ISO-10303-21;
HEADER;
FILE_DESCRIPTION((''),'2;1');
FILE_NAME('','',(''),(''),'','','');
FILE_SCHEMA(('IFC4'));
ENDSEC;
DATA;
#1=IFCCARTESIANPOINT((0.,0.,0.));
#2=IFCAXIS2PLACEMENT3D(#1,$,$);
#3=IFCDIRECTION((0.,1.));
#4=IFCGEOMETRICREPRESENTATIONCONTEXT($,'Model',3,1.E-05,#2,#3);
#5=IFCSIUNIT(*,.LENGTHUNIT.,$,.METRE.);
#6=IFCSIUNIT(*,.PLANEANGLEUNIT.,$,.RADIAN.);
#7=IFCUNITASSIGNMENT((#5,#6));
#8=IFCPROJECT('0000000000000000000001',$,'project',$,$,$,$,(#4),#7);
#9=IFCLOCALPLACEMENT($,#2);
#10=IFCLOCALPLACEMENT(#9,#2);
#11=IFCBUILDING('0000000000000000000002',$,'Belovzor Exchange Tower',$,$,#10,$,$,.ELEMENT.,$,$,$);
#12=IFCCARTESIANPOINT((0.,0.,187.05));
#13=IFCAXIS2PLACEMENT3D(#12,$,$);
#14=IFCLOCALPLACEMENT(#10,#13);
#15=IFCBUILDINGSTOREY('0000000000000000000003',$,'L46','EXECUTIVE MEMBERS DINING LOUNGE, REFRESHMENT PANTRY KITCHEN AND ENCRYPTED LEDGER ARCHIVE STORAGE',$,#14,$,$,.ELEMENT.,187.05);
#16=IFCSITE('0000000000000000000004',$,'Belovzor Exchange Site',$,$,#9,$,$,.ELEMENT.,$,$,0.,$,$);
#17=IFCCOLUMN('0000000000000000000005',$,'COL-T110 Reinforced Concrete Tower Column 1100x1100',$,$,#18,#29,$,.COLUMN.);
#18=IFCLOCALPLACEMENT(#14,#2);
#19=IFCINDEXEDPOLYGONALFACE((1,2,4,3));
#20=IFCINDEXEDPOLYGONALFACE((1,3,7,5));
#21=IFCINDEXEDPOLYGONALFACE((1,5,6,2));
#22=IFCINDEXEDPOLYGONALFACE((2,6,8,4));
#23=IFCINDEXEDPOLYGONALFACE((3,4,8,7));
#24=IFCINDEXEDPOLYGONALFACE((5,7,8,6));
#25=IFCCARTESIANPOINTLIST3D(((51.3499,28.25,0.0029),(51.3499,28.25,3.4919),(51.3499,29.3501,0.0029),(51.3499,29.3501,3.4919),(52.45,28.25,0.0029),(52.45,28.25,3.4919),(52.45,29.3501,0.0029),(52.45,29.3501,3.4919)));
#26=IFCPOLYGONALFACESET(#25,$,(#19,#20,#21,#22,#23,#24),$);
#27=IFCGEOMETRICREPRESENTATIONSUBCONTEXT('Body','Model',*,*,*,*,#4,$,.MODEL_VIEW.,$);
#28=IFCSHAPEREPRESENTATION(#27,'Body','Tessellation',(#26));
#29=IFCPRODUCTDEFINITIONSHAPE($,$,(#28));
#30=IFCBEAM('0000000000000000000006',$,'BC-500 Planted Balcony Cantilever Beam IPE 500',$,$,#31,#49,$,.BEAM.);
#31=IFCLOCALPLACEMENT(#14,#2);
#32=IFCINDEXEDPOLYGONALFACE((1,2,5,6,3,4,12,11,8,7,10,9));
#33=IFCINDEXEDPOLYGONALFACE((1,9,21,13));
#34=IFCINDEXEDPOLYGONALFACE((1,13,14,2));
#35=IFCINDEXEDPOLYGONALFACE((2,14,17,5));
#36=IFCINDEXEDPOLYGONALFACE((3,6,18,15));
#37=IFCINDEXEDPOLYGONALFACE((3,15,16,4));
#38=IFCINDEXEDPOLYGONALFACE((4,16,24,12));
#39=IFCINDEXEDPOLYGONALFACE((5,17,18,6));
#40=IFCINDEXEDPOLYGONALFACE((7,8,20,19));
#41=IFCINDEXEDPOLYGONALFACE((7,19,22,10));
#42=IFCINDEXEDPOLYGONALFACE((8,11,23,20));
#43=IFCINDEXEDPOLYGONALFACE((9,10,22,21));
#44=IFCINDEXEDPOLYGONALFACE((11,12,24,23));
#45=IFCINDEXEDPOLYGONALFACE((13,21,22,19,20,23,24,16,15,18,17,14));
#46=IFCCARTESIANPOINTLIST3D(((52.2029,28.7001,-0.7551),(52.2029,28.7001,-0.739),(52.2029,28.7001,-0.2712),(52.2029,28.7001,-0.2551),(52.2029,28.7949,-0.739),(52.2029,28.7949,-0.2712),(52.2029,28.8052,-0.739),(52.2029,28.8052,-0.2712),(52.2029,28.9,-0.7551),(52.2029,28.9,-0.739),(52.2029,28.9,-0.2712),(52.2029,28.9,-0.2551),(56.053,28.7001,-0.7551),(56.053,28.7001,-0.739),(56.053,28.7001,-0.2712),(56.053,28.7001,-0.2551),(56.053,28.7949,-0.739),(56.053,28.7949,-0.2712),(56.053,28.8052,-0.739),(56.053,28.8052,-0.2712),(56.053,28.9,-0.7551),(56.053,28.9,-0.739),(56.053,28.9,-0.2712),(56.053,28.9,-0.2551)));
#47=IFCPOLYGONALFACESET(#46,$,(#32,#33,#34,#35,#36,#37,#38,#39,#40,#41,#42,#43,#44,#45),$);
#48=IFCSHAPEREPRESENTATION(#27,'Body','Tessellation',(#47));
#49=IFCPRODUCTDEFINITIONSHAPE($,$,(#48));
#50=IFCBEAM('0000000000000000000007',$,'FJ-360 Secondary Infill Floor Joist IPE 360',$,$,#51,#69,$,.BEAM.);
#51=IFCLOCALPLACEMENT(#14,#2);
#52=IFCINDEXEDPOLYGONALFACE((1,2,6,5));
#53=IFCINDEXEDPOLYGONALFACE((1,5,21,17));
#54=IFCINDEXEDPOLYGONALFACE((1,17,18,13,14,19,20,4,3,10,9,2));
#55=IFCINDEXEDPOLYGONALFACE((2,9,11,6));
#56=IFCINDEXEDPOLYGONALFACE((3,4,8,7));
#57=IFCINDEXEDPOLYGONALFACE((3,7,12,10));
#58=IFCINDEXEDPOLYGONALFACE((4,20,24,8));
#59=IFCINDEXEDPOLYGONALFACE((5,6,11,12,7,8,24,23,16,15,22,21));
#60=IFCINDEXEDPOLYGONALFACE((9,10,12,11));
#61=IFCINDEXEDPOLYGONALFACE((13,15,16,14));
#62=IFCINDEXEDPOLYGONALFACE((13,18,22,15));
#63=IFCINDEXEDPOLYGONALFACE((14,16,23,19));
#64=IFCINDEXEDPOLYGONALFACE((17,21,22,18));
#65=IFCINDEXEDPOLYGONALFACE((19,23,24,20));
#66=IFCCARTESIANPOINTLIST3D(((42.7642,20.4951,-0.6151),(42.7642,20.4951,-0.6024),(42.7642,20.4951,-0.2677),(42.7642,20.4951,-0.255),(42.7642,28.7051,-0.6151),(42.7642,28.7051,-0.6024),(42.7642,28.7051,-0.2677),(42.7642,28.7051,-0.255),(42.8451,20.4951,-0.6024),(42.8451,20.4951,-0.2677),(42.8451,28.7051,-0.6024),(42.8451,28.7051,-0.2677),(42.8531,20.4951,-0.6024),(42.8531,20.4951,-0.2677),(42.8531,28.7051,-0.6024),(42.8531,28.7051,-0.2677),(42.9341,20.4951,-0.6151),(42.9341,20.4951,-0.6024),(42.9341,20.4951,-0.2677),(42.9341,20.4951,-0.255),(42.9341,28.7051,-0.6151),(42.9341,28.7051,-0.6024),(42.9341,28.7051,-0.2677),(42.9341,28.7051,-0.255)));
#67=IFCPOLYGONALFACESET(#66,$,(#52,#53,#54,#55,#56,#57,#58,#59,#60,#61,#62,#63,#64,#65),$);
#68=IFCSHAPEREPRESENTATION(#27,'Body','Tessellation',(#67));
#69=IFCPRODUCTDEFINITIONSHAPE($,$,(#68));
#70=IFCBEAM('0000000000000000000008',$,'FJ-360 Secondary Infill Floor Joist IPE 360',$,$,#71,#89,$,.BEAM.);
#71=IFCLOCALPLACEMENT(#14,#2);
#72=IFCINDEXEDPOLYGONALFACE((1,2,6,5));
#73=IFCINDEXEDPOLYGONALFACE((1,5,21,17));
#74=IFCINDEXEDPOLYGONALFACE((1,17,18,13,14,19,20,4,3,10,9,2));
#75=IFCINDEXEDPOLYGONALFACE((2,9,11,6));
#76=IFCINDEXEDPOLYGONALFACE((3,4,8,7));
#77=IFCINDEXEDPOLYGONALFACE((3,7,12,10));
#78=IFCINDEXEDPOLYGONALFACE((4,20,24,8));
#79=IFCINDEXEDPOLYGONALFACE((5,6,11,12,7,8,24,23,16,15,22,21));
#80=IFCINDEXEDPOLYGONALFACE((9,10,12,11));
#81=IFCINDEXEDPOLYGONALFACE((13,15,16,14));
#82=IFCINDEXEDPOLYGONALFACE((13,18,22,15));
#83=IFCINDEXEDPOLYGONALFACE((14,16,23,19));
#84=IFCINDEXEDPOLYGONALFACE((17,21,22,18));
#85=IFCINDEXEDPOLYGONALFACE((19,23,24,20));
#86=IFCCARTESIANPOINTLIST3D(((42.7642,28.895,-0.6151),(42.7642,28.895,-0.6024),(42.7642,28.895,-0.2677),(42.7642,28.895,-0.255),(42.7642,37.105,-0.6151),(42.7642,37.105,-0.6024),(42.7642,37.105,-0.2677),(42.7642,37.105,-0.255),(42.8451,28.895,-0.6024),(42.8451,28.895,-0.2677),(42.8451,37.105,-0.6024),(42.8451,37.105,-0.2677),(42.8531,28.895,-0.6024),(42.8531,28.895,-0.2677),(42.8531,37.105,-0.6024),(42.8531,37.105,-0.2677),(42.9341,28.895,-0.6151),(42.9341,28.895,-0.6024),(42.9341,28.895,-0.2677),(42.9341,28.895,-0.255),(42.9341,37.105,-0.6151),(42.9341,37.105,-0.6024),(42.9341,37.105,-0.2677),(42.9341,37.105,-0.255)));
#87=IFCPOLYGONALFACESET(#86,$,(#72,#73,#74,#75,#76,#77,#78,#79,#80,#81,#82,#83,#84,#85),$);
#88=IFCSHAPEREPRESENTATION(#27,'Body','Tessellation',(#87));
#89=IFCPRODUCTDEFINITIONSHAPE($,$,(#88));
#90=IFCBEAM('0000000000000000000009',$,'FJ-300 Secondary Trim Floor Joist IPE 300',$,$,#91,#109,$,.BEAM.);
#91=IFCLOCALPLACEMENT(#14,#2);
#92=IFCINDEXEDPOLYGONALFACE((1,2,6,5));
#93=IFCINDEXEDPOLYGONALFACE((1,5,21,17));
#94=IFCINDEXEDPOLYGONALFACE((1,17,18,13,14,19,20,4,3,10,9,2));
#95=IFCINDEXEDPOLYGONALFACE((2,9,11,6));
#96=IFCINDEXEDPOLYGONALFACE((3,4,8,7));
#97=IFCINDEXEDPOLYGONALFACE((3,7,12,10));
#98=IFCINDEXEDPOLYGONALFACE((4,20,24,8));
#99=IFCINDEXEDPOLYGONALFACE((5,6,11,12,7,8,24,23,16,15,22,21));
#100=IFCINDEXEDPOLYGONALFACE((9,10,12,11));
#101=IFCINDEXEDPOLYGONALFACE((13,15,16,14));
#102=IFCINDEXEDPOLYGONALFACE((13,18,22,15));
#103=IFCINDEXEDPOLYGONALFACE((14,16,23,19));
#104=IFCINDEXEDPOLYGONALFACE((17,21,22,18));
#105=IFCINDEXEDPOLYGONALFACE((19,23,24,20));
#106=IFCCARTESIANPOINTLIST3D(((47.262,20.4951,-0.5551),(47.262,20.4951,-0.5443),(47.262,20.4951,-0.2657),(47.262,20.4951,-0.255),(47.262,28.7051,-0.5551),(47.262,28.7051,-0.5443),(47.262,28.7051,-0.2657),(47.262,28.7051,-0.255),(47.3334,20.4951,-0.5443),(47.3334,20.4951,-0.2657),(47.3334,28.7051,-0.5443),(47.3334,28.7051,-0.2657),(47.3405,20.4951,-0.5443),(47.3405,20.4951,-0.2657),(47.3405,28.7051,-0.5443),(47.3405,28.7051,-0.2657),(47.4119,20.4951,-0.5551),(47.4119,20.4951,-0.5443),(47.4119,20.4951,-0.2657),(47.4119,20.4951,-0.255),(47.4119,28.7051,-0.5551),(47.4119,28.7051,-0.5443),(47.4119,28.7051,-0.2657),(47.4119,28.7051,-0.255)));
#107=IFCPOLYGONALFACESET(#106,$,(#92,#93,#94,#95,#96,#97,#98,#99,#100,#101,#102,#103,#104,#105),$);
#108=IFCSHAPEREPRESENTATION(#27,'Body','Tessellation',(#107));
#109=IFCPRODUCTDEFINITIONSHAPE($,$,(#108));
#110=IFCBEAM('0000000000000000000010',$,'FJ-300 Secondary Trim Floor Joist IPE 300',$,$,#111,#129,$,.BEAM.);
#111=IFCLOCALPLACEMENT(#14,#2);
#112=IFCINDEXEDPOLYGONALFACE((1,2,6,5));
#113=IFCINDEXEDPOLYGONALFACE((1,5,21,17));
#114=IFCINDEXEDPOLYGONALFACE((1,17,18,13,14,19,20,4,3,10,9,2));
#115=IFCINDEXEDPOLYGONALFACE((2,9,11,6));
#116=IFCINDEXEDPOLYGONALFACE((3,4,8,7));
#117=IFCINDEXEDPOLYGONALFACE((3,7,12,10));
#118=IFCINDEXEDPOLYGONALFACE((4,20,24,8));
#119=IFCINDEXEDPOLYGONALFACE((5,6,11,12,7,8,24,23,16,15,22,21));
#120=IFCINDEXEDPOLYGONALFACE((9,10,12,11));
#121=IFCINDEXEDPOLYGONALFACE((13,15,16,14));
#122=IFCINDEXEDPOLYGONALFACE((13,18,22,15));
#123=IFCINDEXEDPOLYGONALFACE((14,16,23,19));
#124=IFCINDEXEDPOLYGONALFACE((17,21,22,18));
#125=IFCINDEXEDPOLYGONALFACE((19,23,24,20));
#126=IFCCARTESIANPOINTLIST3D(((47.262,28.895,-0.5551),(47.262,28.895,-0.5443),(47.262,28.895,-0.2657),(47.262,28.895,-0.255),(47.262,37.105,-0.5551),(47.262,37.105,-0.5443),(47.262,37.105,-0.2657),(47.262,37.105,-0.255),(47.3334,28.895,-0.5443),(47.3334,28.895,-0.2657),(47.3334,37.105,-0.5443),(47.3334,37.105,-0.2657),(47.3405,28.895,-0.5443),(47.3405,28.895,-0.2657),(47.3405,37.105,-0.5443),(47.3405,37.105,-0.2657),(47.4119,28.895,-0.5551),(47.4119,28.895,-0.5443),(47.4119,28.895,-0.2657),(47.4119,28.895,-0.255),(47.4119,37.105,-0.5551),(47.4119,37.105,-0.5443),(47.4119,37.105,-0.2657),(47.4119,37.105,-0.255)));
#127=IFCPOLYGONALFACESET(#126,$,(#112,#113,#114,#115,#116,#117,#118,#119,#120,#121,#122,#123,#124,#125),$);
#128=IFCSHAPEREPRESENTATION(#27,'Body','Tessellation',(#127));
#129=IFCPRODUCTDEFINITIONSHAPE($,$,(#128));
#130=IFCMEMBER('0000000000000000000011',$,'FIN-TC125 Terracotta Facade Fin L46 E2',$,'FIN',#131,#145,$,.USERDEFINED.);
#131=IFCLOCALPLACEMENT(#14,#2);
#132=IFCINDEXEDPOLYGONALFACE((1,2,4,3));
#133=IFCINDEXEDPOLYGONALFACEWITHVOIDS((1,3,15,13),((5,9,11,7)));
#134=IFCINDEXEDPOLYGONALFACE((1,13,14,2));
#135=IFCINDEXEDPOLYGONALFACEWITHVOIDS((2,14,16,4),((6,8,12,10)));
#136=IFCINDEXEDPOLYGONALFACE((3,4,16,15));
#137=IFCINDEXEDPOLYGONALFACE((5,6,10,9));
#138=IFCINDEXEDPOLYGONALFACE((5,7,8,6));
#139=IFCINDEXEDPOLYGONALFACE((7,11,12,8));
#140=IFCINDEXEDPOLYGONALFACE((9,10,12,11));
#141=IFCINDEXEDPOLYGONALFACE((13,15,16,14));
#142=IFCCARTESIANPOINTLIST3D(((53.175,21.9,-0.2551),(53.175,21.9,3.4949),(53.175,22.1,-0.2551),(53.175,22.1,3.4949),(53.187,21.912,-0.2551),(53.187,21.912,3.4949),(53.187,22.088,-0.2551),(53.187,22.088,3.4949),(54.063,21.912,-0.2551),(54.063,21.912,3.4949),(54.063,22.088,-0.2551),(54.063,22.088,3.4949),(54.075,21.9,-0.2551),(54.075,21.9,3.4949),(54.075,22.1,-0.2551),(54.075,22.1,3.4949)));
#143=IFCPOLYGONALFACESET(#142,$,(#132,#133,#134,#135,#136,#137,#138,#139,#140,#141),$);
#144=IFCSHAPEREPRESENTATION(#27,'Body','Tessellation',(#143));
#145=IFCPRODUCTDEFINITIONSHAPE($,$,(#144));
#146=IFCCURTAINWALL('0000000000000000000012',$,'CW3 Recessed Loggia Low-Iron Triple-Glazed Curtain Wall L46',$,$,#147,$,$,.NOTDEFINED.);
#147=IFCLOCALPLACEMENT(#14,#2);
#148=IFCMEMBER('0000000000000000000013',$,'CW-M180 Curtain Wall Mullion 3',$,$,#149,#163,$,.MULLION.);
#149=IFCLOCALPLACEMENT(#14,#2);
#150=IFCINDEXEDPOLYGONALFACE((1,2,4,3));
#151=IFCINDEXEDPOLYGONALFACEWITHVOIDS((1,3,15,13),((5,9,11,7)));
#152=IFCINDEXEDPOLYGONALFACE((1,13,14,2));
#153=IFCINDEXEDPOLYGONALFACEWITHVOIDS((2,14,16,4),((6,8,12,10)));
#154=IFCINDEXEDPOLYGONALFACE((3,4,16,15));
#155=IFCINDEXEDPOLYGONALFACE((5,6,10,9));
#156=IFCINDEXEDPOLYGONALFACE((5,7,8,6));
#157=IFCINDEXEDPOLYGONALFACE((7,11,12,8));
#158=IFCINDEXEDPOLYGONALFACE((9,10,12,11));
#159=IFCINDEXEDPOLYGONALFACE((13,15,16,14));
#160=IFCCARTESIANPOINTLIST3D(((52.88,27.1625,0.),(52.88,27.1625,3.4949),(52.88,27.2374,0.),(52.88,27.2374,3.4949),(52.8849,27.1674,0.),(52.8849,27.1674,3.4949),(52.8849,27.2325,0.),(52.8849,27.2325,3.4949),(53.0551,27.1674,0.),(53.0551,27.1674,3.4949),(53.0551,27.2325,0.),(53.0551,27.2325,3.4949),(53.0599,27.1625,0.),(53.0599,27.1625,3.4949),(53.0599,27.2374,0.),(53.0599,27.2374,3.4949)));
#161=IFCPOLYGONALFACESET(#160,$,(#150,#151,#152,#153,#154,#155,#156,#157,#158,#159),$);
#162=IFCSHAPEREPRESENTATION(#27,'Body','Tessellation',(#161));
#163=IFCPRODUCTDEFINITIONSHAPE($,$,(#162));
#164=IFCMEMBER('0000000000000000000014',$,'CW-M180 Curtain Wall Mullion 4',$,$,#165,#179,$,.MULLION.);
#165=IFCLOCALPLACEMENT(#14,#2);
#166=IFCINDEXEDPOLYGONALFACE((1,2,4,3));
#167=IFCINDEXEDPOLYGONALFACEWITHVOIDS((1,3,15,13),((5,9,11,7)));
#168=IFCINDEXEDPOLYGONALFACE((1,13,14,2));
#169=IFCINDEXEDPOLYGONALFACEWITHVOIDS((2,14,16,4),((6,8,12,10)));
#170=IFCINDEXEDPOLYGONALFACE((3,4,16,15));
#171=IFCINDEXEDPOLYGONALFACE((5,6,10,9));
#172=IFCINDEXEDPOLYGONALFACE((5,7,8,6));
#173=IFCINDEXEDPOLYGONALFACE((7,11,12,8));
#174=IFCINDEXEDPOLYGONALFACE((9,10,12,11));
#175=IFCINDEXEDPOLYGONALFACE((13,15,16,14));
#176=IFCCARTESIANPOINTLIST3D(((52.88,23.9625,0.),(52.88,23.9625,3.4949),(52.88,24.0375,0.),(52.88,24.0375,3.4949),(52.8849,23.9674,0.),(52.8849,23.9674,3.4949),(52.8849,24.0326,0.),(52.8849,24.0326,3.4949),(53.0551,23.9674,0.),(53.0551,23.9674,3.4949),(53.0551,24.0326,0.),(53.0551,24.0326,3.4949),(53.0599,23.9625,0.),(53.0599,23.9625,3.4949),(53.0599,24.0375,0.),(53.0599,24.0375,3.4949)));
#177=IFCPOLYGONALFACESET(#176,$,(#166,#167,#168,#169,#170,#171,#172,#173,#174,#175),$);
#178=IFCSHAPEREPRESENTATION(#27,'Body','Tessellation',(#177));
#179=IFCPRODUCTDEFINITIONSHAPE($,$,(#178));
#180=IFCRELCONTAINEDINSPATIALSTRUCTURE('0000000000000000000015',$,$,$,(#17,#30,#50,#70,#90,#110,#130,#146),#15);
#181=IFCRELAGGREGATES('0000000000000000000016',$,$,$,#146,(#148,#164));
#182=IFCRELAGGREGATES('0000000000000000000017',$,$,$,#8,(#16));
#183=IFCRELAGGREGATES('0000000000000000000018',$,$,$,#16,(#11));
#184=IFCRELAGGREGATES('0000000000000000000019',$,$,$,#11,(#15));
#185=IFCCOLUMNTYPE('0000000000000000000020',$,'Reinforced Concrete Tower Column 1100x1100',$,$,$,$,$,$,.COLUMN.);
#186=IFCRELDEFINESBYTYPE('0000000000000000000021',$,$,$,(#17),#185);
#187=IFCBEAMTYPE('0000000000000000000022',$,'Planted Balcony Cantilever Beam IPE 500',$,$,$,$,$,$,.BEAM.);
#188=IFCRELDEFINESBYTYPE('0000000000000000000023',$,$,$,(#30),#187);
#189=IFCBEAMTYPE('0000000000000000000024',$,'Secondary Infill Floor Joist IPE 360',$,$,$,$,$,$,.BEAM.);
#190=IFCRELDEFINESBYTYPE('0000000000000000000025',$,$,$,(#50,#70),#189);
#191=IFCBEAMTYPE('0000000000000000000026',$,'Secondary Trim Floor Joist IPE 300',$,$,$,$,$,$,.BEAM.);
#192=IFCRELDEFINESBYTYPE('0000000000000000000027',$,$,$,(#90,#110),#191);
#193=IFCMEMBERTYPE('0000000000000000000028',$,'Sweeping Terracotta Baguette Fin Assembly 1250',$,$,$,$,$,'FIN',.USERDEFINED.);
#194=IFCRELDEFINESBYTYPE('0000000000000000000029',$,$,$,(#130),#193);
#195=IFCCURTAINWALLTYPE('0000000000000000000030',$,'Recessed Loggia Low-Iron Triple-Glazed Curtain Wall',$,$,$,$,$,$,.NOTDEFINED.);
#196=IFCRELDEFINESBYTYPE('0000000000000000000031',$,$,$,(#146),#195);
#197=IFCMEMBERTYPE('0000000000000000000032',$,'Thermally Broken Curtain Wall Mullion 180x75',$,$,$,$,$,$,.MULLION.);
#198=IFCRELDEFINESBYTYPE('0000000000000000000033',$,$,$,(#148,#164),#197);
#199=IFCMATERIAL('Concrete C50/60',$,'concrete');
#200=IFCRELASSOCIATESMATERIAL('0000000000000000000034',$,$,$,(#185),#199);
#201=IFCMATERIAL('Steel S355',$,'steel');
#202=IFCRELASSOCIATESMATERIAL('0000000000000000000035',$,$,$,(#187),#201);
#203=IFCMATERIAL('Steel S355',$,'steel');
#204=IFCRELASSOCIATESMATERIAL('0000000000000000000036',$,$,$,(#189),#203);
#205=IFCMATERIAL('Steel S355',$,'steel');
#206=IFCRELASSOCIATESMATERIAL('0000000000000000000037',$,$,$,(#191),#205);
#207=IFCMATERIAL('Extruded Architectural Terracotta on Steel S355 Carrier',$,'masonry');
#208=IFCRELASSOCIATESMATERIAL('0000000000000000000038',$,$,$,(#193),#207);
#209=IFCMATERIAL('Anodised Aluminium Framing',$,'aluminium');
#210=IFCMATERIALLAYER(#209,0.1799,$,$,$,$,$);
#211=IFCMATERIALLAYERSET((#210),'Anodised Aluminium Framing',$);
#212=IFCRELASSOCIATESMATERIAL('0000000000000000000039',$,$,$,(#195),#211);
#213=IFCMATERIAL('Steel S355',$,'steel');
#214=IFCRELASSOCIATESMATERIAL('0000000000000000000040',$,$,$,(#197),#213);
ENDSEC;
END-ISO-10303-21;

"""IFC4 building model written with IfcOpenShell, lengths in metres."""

from ifc_helpers import new_model, si_unit, direction, frame, origin, origin_2d, place, context, subcontext, project, spatial, rectangle, hollow_rectangle, i_section, extrude, material, layer, layer_set, material_profile, profile_set, type_object, element, aggregate, save


model = new_model("IFC4")

# Units and contexts
model_context = context("Model", 3, precision=1e-05, world=origin(), true_north=direction((0.0, 1.0)))
body_context = subcontext(model_context, "Body", "Model", "MODEL_VIEW")
ifc_project = project(units=[si_unit("LENGTHUNIT", "METRE"), si_unit("PLANEANGLEUNIT", "RADIAN")], contexts=[model_context])

# Site, building, storey
site_placement = place(None, origin())
site = spatial("IfcSite", under=ifc_project, at=site_placement, Name="Belovzor Exchange Site", CompositionType="ELEMENT", RefElevation=0.0)
building_placement = place(site_placement, origin())
building = spatial("IfcBuilding", under=site, at=building_placement, Name="Belovzor Exchange Tower", CompositionType="ELEMENT")
storey_placement = place(building_placement, frame((0.0, 0.0, 187.05)))
storey = spatial("IfcBuildingStorey", under=building, at=storey_placement, Name="L46", Description="EXECUTIVE MEMBERS DINING LOUNGE, REFRESHMENT PANTRY KITCHEN AND ENCRYPTED LEDGER ARCHIVE STORAGE", CompositionType="ELEMENT", Elevation=187.05)

# Column
ifc_material_1 = material(Name="Concrete C50/60", Category="concrete")
ifc_material_profile_1 = material_profile(ifc_material_1, rectangle(XDim=1.1001, YDim=1.1001, at=origin_2d()))
ifc_profile_set_1 = profile_set([ifc_material_profile_1], Name="Concrete C50/60")
column_type = type_object("IfcColumnType", Name="Reinforced Concrete Tower Column 1100x1100", PredefinedType="COLUMN", material=ifc_profile_set_1)
column_placement = place(storey_placement, frame((51.8999, 28.8, 0.0029), z_axis=(0.0, 0.0, 1.0), x_axis=(1.0, 0.0, 0.0)))
element("IfcColumn", 1, at=column_placement, inside=storey, type_object=column_type, Name="COL-T110 Reinforced Concrete Tower Column 1100x1100", PredefinedType="COLUMN", context=body_context, shape_type="SweptSolid", body=[
    extrude(rectangle(XDim=1.1001, YDim=1.1001, at=origin_2d()), origin(), (0.0, 0.0, 1.0), 3.489),
])

# Beams
ifc_material_2 = material(Name="Steel S355", Category="steel")
ifc_material_profile_2 = material_profile(ifc_material_2, i_section(OverallWidth=0.2, OverallDepth=0.5, WebThickness=0.0103, FlangeThickness=0.0161, at=origin_2d()))
ifc_profile_set_2 = profile_set([ifc_material_profile_2], Name="Steel S355")
beam_type_1 = type_object("IfcBeamType", Name="Planted Balcony Cantilever Beam IPE 500", PredefinedType="BEAM", material=ifc_profile_set_2)
beam_placement = place(storey_placement, frame((52.2029, 28.8, -0.5051), z_axis=(1.0, 0.0, 0.0), x_axis=(0.0, 1.0, 0.0)))
element("IfcBeam", 2, at=beam_placement, inside=storey, type_object=beam_type_1, Name="BC-500 Planted Balcony Cantilever Beam IPE 500", PredefinedType="BEAM", context=body_context, shape_type="SweptSolid", body=[
    extrude(i_section(OverallWidth=0.2, OverallDepth=0.5, WebThickness=0.0103, FlangeThickness=0.0161, at=origin_2d()), origin(), (0.0, 0.0, 1.0), 3.8501),
])
ifc_material_3 = material(Name="Steel S355", Category="steel")
ifc_material_profile_3 = material_profile(ifc_material_3, i_section(OverallWidth=0.1699, OverallDepth=0.3601, WebThickness=0.0081, FlangeThickness=0.0127, at=origin_2d()))
ifc_profile_set_3 = profile_set([ifc_material_profile_3], Name="Steel S355")
beam_type_2 = type_object("IfcBeamType", Name="Secondary Infill Floor Joist IPE 360", PredefinedType="BEAM", material=ifc_profile_set_3)
for number, where, z_axis, x_axis, name in (
    (3, (42.8491, 20.4951, -0.4351), (0.0, 1.0, 0.0), (-1.0, 0.0, 0.0), "FJ-360 Secondary Infill Floor Joist IPE 360"),
    (4, (42.8491, 28.895, -0.4351), (0.0, 1.0, 0.0), (-1.0, 0.0, 0.0), "FJ-360 Secondary Infill Floor Joist IPE 360"),
):
    element("IfcBeam", number, at=place(storey_placement, frame(where, z_axis=z_axis, x_axis=x_axis)), inside=storey, type_object=beam_type_2, Name=name, PredefinedType="BEAM", context=body_context, shape_type="SweptSolid", body=[
        extrude(i_section(OverallWidth=0.1699, OverallDepth=0.3601, WebThickness=0.0081, FlangeThickness=0.0127, at=origin_2d()), origin(), (0.0, 0.0, 1.0), 8.21),
    ])
ifc_material_4 = material(Name="Steel S355", Category="steel")
ifc_material_profile_4 = material_profile(ifc_material_4, i_section(OverallWidth=0.1499, OverallDepth=0.3, WebThickness=0.0071, FlangeThickness=0.0107, at=origin_2d()))
ifc_profile_set_4 = profile_set([ifc_material_profile_4], Name="Steel S355")
beam_type_3 = type_object("IfcBeamType", Name="Secondary Trim Floor Joist IPE 300", PredefinedType="BEAM", material=ifc_profile_set_4)
for number, where, z_axis, x_axis, name in (
    (5, (47.3369, 20.4951, -0.405), (0.0, 1.0, 0.0), (-1.0, 0.0, 0.0), "FJ-300 Secondary Trim Floor Joist IPE 300"),
    (6, (47.3369, 28.895, -0.405), (0.0, 1.0, 0.0), (-1.0, 0.0, 0.0), "FJ-300 Secondary Trim Floor Joist IPE 300"),
):
    element("IfcBeam", number, at=place(storey_placement, frame(where, z_axis=z_axis, x_axis=x_axis)), inside=storey, type_object=beam_type_3, Name=name, PredefinedType="BEAM", context=body_context, shape_type="SweptSolid", body=[
        extrude(i_section(OverallWidth=0.1499, OverallDepth=0.3, WebThickness=0.0071, FlangeThickness=0.0107, at=origin_2d()), origin(), (0.0, 0.0, 1.0), 8.21),
    ])

# Member
ifc_material_5 = material(Name="Extruded Architectural Terracotta on Steel S355 Carrier", Category="masonry")
ifc_material_profile_5 = material_profile(ifc_material_5, hollow_rectangle(XDim=0.2, YDim=0.8999, WallThickness=0.012, at=origin_2d()))
ifc_profile_set_5 = profile_set([ifc_material_profile_5], Name="Extruded Architectural Terracotta on Steel S355 Carrier")
member_type_1 = type_object("IfcMemberType", Name="Sweeping Terracotta Baguette Fin Assembly 1250", ElementType="FIN", PredefinedType="USERDEFINED", material=ifc_profile_set_5)
member_1_placement = place(storey_placement, frame((53.625, 22.0, -0.2551), z_axis=(0.0, 0.0, 1.0), x_axis=(0.0, 1.0, 0.0)))
element("IfcMember", 7, at=member_1_placement, inside=storey, type_object=member_type_1, Name="FIN-TC125 Terracotta Facade Fin L46 E2", ObjectType="FIN", PredefinedType="USERDEFINED", context=body_context, shape_type="SweptSolid", body=[
    extrude(hollow_rectangle(XDim=0.2, YDim=0.8999, WallThickness=0.012, at=origin_2d()), origin(), (0.0, 0.0, 1.0), 3.75),
])

# Curtain wall, members
ifc_material_6 = material(Name="Anodised Aluminium Framing", Category="aluminium")
ifc_layer_1 = layer(ifc_material_6, 0.1799)
ifc_layer_set_1 = layer_set([ifc_layer_1], Name="Anodised Aluminium Framing")
curtain_wall_type = type_object("IfcCurtainWallType", Name="Recessed Loggia Low-Iron Triple-Glazed Curtain Wall", PredefinedType="NOTDEFINED", material=ifc_layer_set_1)
curtain_wall_placement = place(storey_placement, origin())
curtain_wall = element("IfcCurtainWall", 8, at=curtain_wall_placement, inside=storey, type_object=curtain_wall_type, Name="CW3 Recessed Loggia Low-Iron Triple-Glazed Curtain Wall L46", PredefinedType="NOTDEFINED")
ifc_material_7 = material(Name="Steel S355", Category="steel")
ifc_material_profile_6 = material_profile(ifc_material_7, hollow_rectangle(XDim=0.075, YDim=0.1799, WallThickness=0.0049, at=origin_2d()))
ifc_profile_set_6 = profile_set([ifc_material_profile_6], Name="Steel S355")
member_type_2 = type_object("IfcMemberType", Name="Thermally Broken Curtain Wall Mullion 180x75", PredefinedType="MULLION", material=ifc_profile_set_6)
member_2_placement = place(storey_placement, frame((52.97, 27.2, 0.0), z_axis=(0.0, 0.0, 1.0), x_axis=(0.0, -1.0, 0.0)))
member_2 = element("IfcMember", 9, at=member_2_placement, type_object=member_type_2, Name="CW-M180 Curtain Wall Mullion 3", PredefinedType="MULLION", context=body_context, shape_type="SweptSolid", body=[
    extrude(hollow_rectangle(XDim=0.075, YDim=0.1799, WallThickness=0.0049, at=origin_2d()), origin(), (0.0, 0.0, 1.0), 3.4949),
])
member_3_placement = place(storey_placement, frame((52.97, 24.0, 0.0), z_axis=(0.0, 0.0, 1.0), x_axis=(0.0, -1.0, 0.0)))
member_3 = element("IfcMember", 10, at=member_3_placement, type_object=member_type_2, Name="CW-M180 Curtain Wall Mullion 4", PredefinedType="MULLION", context=body_context, shape_type="SweptSolid", body=[
    extrude(hollow_rectangle(XDim=0.075, YDim=0.1799, WallThickness=0.0049, at=origin_2d()), origin(), (0.0, 0.0, 1.0), 3.4949),
])

aggregate(curtain_wall, [member_2, member_3])

save(model, "model.ifc")
